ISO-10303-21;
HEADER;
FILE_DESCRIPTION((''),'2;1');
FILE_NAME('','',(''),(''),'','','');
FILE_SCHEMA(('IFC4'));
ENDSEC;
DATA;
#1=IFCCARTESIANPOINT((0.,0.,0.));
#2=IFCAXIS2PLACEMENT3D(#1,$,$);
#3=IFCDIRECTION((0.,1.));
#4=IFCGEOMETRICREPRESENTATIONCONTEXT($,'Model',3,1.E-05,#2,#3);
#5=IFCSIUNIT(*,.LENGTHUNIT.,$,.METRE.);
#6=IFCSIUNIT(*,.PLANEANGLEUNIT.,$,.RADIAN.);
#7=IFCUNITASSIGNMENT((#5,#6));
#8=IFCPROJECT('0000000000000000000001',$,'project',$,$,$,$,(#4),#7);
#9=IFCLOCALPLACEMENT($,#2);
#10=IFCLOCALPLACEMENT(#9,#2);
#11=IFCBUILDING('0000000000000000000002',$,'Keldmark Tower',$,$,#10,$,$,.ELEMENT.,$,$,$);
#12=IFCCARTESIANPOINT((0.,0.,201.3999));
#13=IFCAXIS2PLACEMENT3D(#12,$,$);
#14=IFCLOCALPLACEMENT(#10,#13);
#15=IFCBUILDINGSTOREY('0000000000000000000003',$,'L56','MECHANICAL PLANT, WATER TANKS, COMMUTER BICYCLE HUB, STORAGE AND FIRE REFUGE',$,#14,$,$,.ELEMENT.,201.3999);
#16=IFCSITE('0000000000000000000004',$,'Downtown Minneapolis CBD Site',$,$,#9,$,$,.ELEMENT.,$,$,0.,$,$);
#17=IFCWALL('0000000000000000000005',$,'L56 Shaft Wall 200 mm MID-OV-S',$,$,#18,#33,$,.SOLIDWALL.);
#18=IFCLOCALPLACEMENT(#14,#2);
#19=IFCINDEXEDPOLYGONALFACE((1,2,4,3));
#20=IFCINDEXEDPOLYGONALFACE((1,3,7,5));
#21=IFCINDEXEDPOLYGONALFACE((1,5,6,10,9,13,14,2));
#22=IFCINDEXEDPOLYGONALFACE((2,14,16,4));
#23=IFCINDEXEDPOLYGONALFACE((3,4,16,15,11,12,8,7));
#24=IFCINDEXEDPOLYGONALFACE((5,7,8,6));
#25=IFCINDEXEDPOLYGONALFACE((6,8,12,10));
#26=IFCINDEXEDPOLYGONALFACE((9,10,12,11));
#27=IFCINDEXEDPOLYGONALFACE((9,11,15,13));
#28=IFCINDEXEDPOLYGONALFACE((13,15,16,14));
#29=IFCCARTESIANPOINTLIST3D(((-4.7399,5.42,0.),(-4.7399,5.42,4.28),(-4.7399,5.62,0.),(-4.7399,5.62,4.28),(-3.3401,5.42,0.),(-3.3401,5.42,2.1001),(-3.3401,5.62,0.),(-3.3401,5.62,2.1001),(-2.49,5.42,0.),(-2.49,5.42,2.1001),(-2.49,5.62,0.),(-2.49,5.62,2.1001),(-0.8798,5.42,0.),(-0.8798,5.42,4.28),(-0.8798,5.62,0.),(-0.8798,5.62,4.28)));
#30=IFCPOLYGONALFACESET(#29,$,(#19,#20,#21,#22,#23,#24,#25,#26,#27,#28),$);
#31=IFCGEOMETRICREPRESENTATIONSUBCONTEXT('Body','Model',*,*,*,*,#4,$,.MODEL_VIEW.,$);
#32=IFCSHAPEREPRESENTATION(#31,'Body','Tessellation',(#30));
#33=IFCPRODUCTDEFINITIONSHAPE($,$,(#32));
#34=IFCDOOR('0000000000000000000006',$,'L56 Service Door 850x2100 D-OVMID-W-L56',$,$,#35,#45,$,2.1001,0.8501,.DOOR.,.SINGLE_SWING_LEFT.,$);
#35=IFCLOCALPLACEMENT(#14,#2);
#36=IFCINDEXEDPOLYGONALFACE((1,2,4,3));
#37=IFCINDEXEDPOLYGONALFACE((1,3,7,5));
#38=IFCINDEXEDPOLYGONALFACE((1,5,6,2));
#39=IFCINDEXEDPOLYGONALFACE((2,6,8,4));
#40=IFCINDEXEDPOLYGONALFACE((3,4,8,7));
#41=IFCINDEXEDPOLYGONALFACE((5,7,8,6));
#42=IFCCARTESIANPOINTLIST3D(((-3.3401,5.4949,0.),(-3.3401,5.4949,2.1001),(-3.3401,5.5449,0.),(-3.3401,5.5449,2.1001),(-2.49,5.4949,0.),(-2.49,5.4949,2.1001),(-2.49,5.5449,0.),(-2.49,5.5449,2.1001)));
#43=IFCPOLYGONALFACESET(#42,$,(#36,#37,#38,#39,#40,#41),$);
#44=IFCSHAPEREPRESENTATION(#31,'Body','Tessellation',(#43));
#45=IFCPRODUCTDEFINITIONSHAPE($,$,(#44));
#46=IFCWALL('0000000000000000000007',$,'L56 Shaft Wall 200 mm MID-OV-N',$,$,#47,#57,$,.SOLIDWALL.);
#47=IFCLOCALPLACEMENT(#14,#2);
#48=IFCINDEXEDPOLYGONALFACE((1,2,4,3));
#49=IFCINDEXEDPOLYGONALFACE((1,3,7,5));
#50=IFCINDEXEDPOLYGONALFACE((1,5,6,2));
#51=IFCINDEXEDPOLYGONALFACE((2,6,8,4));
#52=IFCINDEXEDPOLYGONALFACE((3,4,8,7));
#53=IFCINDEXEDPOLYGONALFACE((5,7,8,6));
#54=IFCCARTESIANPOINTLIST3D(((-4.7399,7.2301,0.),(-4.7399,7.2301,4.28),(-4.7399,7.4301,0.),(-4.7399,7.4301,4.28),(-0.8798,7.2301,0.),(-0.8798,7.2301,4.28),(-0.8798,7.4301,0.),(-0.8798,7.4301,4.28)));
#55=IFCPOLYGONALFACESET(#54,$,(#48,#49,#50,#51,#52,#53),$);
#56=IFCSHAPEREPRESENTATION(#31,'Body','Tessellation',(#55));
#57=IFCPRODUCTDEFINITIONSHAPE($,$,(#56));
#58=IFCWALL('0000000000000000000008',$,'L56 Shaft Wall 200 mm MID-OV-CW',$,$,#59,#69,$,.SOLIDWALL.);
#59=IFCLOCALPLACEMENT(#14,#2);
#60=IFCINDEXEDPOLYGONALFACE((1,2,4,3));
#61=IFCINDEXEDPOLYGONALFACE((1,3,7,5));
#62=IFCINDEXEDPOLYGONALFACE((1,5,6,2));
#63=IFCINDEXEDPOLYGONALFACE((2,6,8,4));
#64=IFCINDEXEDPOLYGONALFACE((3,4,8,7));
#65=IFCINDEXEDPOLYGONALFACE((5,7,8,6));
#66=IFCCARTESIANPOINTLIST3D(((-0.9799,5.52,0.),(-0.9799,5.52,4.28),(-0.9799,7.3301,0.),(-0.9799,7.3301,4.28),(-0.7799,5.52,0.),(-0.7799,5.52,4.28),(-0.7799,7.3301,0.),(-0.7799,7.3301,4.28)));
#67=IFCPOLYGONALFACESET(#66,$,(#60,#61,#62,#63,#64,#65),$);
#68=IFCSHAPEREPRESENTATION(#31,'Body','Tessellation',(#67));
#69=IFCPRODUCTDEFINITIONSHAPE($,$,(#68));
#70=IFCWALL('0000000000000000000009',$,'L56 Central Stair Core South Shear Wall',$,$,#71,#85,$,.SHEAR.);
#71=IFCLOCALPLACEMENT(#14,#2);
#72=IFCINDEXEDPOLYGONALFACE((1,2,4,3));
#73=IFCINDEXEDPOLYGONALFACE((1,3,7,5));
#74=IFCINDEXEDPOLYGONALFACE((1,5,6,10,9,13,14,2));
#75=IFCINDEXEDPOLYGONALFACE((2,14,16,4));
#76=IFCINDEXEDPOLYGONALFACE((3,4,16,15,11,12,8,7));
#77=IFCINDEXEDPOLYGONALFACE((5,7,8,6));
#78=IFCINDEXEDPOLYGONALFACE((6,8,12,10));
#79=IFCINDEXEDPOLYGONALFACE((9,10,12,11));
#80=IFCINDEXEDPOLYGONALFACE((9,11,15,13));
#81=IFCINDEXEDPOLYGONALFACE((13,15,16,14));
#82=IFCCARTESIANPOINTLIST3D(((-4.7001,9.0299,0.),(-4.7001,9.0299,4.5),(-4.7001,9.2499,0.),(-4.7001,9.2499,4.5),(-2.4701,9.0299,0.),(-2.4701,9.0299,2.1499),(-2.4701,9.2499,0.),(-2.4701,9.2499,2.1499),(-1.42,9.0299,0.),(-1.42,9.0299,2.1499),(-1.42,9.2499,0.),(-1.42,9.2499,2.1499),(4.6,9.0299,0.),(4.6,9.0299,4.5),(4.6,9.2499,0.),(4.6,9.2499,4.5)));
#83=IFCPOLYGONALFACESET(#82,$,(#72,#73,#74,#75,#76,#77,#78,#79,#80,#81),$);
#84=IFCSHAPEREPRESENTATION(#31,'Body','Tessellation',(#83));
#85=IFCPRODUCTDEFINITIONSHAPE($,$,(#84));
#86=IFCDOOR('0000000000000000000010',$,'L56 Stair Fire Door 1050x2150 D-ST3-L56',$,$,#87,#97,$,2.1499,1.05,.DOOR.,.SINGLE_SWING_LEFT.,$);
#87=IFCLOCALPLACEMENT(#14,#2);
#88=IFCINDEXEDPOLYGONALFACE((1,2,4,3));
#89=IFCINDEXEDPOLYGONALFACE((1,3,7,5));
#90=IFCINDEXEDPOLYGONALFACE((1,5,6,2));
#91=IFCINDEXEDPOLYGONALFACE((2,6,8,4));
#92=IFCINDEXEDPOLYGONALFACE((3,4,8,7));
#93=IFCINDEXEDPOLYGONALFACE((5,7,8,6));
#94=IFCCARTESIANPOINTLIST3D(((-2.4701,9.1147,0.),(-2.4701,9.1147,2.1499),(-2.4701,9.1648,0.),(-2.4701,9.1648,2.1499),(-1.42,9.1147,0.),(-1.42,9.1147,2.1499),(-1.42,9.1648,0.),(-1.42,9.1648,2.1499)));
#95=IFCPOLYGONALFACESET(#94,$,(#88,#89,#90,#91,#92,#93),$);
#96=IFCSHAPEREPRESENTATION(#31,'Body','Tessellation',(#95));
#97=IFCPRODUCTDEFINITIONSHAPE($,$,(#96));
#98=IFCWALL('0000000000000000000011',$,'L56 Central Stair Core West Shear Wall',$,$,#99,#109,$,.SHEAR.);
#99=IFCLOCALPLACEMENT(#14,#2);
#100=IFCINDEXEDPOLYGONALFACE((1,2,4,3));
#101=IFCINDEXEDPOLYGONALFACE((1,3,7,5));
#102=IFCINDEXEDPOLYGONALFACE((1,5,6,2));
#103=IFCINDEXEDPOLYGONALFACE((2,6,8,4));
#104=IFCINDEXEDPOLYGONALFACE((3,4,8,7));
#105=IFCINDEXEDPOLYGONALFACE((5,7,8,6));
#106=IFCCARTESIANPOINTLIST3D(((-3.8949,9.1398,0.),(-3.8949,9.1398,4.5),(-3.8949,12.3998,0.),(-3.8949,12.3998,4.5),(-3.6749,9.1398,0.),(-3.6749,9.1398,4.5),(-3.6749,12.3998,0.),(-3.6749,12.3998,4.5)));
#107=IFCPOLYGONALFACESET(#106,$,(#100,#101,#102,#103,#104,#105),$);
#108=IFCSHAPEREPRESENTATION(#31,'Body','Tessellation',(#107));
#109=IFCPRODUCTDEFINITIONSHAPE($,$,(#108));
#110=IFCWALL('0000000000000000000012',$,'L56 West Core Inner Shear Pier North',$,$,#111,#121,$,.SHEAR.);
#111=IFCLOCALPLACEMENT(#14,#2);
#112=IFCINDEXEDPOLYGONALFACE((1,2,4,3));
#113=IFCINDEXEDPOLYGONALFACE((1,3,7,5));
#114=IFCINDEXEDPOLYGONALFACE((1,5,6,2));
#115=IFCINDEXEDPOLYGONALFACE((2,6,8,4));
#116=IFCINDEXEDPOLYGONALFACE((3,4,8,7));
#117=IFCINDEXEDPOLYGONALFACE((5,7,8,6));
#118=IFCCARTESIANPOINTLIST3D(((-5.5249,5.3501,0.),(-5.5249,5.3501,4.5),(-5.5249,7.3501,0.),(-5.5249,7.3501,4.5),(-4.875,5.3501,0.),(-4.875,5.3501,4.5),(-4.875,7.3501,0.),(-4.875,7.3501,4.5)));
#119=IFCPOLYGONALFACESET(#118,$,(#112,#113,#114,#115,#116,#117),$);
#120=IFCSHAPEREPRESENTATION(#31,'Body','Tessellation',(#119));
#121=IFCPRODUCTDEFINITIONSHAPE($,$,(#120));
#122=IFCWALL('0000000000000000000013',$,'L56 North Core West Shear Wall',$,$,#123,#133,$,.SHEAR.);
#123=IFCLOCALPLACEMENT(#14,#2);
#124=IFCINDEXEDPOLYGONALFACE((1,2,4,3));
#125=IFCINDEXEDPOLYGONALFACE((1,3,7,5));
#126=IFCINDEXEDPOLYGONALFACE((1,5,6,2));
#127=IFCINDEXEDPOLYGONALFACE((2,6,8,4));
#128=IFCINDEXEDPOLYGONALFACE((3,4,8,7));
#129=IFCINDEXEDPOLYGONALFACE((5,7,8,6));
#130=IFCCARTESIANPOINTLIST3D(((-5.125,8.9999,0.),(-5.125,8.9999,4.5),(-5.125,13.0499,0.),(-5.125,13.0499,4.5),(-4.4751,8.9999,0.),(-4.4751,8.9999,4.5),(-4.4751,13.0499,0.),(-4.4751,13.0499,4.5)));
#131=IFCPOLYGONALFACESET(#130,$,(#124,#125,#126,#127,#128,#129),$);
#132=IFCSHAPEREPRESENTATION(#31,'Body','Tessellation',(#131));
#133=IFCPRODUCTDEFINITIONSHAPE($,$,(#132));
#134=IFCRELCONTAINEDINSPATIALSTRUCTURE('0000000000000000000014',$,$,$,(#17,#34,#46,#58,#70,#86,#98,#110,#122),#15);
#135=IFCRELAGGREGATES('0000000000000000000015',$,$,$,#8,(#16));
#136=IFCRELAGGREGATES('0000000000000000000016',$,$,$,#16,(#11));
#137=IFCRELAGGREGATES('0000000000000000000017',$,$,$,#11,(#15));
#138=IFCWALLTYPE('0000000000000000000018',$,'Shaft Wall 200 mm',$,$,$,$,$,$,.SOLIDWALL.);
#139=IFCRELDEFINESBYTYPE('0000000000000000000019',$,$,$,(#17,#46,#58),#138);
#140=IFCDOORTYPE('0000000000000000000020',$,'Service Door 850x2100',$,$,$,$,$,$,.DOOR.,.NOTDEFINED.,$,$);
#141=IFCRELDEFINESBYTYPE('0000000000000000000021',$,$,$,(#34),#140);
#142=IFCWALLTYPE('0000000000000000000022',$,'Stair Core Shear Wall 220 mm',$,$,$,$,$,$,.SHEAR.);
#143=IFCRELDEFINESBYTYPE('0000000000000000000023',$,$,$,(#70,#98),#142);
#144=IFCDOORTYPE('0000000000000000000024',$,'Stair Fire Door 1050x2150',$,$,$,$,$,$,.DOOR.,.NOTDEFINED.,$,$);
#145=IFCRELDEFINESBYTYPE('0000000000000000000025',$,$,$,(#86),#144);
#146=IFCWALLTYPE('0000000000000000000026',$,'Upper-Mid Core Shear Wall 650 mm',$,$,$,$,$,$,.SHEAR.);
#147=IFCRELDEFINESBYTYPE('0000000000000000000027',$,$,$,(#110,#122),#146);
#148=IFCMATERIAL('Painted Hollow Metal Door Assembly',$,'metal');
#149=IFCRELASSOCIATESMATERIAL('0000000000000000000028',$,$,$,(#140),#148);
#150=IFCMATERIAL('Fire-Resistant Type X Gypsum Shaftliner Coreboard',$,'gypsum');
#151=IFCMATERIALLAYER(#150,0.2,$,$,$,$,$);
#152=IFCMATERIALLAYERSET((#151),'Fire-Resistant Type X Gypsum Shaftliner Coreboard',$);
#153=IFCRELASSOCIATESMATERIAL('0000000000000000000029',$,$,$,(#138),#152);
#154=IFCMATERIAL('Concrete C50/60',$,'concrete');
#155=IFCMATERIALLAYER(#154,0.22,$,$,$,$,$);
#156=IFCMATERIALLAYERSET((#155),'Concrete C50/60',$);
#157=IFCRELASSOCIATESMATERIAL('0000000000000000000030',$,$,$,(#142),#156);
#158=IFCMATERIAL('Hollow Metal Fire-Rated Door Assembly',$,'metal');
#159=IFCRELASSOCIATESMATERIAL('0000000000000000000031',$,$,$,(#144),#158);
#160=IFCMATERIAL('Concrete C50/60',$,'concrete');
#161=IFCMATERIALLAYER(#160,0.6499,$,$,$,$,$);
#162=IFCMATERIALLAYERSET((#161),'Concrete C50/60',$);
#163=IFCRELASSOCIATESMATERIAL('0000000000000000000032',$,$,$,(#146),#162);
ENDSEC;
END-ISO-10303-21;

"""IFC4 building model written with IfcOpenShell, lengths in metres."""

from ifc_helpers import new_model, si_unit, direction, frame, frame_2d, origin, place, context, subcontext, project, spatial, rectangle, extrude, material, layer, layer_set, type_object, element, fill, save


model = new_model("IFC4")

# Units and contexts
model_context = context("Model", 3, precision=1e-05, world=origin(), true_north=direction((0.0, 1.0)))
body_context = subcontext(model_context, "Body", "Model", "MODEL_VIEW")
ifc_project = project(units=[si_unit("LENGTHUNIT", "METRE"), si_unit("PLANEANGLEUNIT", "RADIAN")], contexts=[model_context])

# Site, building, storey
site_placement = place(None, origin())
site = spatial("IfcSite", under=ifc_project, at=site_placement, Name="Downtown Minneapolis CBD Site", CompositionType="ELEMENT", RefElevation=0.0)
building_placement = place(site_placement, origin())
building = spatial("IfcBuilding", under=site, at=building_placement, Name="Keldmark Tower", CompositionType="ELEMENT")
storey_placement = place(building_placement, frame((0.0, 0.0, 201.3999)))
storey = spatial("IfcBuildingStorey", under=building, at=storey_placement, Name="L56", Description="MECHANICAL PLANT, WATER TANKS, COMMUTER BICYCLE HUB, STORAGE AND FIRE REFUGE", CompositionType="ELEMENT", Elevation=201.3999)

# Shared definitions
ifc_material_1 = material(Name="Painted Hollow Metal Door Assembly", Category="metal")
door_type_1 = type_object("IfcDoorType", Name="Service Door 850x2100", OperationType="NOTDEFINED", PredefinedType="DOOR", material=ifc_material_1)

# Wall, opening, door
ifc_material_2 = material(Name="Fire-Resistant Type X Gypsum Shaftliner Coreboard", Category="gypsum")
ifc_layer_1 = layer(ifc_material_2, 0.2)
ifc_layer_set_1 = layer_set([ifc_layer_1], Name="Fire-Resistant Type X Gypsum Shaftliner Coreboard")
wall_type_1 = type_object("IfcWallType", Name="Shaft Wall 200 mm", PredefinedType="SOLIDWALL", material=ifc_layer_set_1)
wall_1_placement = place(storey_placement, frame((-4.74, 5.52, 0.0), z_axis=(0.0, 0.0, 1.0), x_axis=(1.0, 0.0, 0.0)))
wall_1 = element("IfcWall", 1, at=wall_1_placement, inside=storey, type_object=wall_type_1, Name="L56 Shaft Wall 200 mm MID-OV-S", PredefinedType="SOLIDWALL", context=body_context, shape_type="SweptSolid", body=[
    extrude(rectangle(XDim=3.8601, YDim=0.2, at=frame_2d((1.9302, 0.0))), origin(), (0.0, 0.0, 1.0), 4.28),
])
opening_1_placement = place(wall_1_placement, frame((1.3999, 0.0, 0.0)))
opening_1 = element("IfcOpeningElement", 2, at=opening_1_placement, cuts=wall_1, PredefinedType="OPENING", context=body_context, shape_type="SweptSolid", body=[
    extrude(rectangle(XDim=0.8501, YDim=2.1001, at=frame_2d((0.425, 1.05))), frame((0.0, 0.1099, 0.0), z_axis=(0.0, -1.0, 0.0), x_axis=(1.0, 0.0, 0.0)), (0.0, 0.0, 1.0), 0.22),
])
door_1_placement = place(opening_1_placement, origin())
door_1 = element("IfcDoor", 3, at=door_1_placement, inside=storey, type_object=door_type_1, Name="L56 Service Door 850x2100 D-OVMID-W-L56", OperationType="SINGLE_SWING_LEFT", OverallHeight=2.1001, OverallWidth=0.8501, PredefinedType="DOOR", context=body_context, shape_type="SweptSolid", body=[
    extrude(rectangle(XDim=0.8501, YDim=2.1001, at=frame_2d((0.425, 1.05))), frame((0.0, 0.0249, 0.0), z_axis=(0.0, -1.0, 0.0), x_axis=(1.0, 0.0, 0.0)), (0.0, 0.0, 1.0), 0.05),
])
fill(opening_1, door_1)

# Walls
wall_2_placement = place(storey_placement, frame((-4.74, 7.3301, 0.0), z_axis=(0.0, 0.0, 1.0), x_axis=(1.0, 0.0, 0.0)))
element("IfcWall", 4, at=wall_2_placement, inside=storey, type_object=wall_type_1, Name="L56 Shaft Wall 200 mm MID-OV-N", PredefinedType="SOLIDWALL", context=body_context, shape_type="SweptSolid", body=[
    extrude(rectangle(XDim=3.8601, YDim=0.2, at=frame_2d((1.9302, 0.0))), origin(), (0.0, 0.0, 1.0), 4.28),
])
wall_3_placement = place(storey_placement, frame((-0.8799, 5.52, 0.0), z_axis=(0.0, 0.0, 1.0), x_axis=(0.0, 1.0, 0.0)))
element("IfcWall", 5, at=wall_3_placement, inside=storey, type_object=wall_type_1, Name="L56 Shaft Wall 200 mm MID-OV-CW", PredefinedType="SOLIDWALL", context=body_context, shape_type="SweptSolid", body=[
    extrude(rectangle(XDim=1.8101, YDim=0.2, at=frame_2d((0.905, 0.0))), origin(), (0.0, 0.0, 1.0), 4.28),
])

# Wall, opening, door
ifc_material_3 = material(Name="Concrete C50/60", Category="concrete")
ifc_layer_2 = layer(ifc_material_3, 0.22)
ifc_layer_set_2 = layer_set([ifc_layer_2], Name="Concrete C50/60")
wall_type_2 = type_object("IfcWallType", Name="Stair Core Shear Wall 220 mm", PredefinedType="SHEAR", material=ifc_layer_set_2)
wall_4_placement = place(storey_placement, frame((-4.7, 9.1399, 0.0), z_axis=(0.0, 0.0, 1.0), x_axis=(1.0, 0.0, 0.0)))
wall_4 = element("IfcWall", 6, at=wall_4_placement, inside=storey, type_object=wall_type_2, Name="L56 Central Stair Core South Shear Wall", PredefinedType="SHEAR", context=body_context, shape_type="SweptSolid", body=[
    extrude(rectangle(XDim=9.3, YDim=0.22, at=frame_2d((4.6499, 0.0))), origin(), (0.0, 0.0, 1.0), 4.5),
])
opening_2_placement = place(wall_4_placement, frame((2.23, 0.0, 0.0)))
opening_2 = element("IfcOpeningElement", 7, at=opening_2_placement, cuts=wall_4, PredefinedType="OPENING", context=body_context, shape_type="SweptSolid", body=[
    extrude(rectangle(XDim=1.05, YDim=2.1499, at=frame_2d((0.5249, 1.075))), frame((0.0, 0.1199, 0.0), z_axis=(0.0, -1.0, 0.0), x_axis=(1.0, 0.0, 0.0)), (0.0, 0.0, 1.0), 0.24),
])
ifc_material_4 = material(Name="Hollow Metal Fire-Rated Door Assembly", Category="metal")
door_type_2 = type_object("IfcDoorType", Name="Stair Fire Door 1050x2150", OperationType="NOTDEFINED", PredefinedType="DOOR", material=ifc_material_4)
door_2_placement = place(opening_2_placement, origin())
door_2 = element("IfcDoor", 8, at=door_2_placement, inside=storey, type_object=door_type_2, Name="L56 Stair Fire Door 1050x2150 D-ST3-L56", OperationType="SINGLE_SWING_LEFT", OverallHeight=2.1499, OverallWidth=1.05, PredefinedType="DOOR", context=body_context, shape_type="SweptSolid", body=[
    extrude(rectangle(XDim=1.05, YDim=2.1499, at=frame_2d((0.5249, 1.075))), frame((0.0, 0.0249, 0.0), z_axis=(0.0, -1.0, 0.0), x_axis=(1.0, 0.0, 0.0)), (0.0, 0.0, 1.0), 0.05),
])
fill(opening_2, door_2)

# Wall
wall_5_placement = place(storey_placement, frame((-3.7849, 9.1399, 0.0), z_axis=(0.0, 0.0, 1.0), x_axis=(0.0, 1.0, 0.0)))
element("IfcWall", 9, at=wall_5_placement, inside=storey, type_object=wall_type_2, Name="L56 Central Stair Core West Shear Wall", PredefinedType="SHEAR", context=body_context, shape_type="SweptSolid", body=[
    extrude(rectangle(XDim=3.26, YDim=0.22, at=frame_2d((1.6299, 0.0))), origin(), (0.0, 0.0, 1.0), 4.5),
])

# Shared definitions
ifc_material_5 = material(Name="Concrete C50/60", Category="concrete")
ifc_layer_3 = layer(ifc_material_5, 0.6499)
ifc_layer_set_3 = layer_set([ifc_layer_3], Name="Concrete C50/60")
wall_type_3 = type_object("IfcWallType", Name="Upper-Mid Core Shear Wall 650 mm", PredefinedType="SHEAR", material=ifc_layer_set_3)

# Walls
wall_6_placement = place(storey_placement, frame((-5.2, 5.3501, 0.0), z_axis=(0.0, 0.0, 1.0), x_axis=(0.0, 1.0, 0.0)))
element("IfcWall", 10, at=wall_6_placement, inside=storey, type_object=wall_type_3, Name="L56 West Core Inner Shear Pier North", PredefinedType="SHEAR", context=body_context, shape_type="SweptSolid", body=[
    extrude(rectangle(XDim=2.0, YDim=0.6499, at=frame_2d((1.0, 0.0))), origin(), (0.0, 0.0, 1.0), 4.5),
])
wall_7_placement = place(storey_placement, frame((-4.8, 9.0, 0.0), z_axis=(0.0, 0.0, 1.0), x_axis=(0.0, 1.0, 0.0)))
element("IfcWall", 11, at=wall_7_placement, inside=storey, type_object=wall_type_3, Name="L56 North Core West Shear Wall", PredefinedType="SHEAR", context=body_context, shape_type="SweptSolid", body=[
    extrude(rectangle(XDim=4.05, YDim=0.6499, at=frame_2d((2.0249, 0.0))), origin(), (0.0, 0.0, 1.0), 4.5),
])

save(model, "model.ifc")
